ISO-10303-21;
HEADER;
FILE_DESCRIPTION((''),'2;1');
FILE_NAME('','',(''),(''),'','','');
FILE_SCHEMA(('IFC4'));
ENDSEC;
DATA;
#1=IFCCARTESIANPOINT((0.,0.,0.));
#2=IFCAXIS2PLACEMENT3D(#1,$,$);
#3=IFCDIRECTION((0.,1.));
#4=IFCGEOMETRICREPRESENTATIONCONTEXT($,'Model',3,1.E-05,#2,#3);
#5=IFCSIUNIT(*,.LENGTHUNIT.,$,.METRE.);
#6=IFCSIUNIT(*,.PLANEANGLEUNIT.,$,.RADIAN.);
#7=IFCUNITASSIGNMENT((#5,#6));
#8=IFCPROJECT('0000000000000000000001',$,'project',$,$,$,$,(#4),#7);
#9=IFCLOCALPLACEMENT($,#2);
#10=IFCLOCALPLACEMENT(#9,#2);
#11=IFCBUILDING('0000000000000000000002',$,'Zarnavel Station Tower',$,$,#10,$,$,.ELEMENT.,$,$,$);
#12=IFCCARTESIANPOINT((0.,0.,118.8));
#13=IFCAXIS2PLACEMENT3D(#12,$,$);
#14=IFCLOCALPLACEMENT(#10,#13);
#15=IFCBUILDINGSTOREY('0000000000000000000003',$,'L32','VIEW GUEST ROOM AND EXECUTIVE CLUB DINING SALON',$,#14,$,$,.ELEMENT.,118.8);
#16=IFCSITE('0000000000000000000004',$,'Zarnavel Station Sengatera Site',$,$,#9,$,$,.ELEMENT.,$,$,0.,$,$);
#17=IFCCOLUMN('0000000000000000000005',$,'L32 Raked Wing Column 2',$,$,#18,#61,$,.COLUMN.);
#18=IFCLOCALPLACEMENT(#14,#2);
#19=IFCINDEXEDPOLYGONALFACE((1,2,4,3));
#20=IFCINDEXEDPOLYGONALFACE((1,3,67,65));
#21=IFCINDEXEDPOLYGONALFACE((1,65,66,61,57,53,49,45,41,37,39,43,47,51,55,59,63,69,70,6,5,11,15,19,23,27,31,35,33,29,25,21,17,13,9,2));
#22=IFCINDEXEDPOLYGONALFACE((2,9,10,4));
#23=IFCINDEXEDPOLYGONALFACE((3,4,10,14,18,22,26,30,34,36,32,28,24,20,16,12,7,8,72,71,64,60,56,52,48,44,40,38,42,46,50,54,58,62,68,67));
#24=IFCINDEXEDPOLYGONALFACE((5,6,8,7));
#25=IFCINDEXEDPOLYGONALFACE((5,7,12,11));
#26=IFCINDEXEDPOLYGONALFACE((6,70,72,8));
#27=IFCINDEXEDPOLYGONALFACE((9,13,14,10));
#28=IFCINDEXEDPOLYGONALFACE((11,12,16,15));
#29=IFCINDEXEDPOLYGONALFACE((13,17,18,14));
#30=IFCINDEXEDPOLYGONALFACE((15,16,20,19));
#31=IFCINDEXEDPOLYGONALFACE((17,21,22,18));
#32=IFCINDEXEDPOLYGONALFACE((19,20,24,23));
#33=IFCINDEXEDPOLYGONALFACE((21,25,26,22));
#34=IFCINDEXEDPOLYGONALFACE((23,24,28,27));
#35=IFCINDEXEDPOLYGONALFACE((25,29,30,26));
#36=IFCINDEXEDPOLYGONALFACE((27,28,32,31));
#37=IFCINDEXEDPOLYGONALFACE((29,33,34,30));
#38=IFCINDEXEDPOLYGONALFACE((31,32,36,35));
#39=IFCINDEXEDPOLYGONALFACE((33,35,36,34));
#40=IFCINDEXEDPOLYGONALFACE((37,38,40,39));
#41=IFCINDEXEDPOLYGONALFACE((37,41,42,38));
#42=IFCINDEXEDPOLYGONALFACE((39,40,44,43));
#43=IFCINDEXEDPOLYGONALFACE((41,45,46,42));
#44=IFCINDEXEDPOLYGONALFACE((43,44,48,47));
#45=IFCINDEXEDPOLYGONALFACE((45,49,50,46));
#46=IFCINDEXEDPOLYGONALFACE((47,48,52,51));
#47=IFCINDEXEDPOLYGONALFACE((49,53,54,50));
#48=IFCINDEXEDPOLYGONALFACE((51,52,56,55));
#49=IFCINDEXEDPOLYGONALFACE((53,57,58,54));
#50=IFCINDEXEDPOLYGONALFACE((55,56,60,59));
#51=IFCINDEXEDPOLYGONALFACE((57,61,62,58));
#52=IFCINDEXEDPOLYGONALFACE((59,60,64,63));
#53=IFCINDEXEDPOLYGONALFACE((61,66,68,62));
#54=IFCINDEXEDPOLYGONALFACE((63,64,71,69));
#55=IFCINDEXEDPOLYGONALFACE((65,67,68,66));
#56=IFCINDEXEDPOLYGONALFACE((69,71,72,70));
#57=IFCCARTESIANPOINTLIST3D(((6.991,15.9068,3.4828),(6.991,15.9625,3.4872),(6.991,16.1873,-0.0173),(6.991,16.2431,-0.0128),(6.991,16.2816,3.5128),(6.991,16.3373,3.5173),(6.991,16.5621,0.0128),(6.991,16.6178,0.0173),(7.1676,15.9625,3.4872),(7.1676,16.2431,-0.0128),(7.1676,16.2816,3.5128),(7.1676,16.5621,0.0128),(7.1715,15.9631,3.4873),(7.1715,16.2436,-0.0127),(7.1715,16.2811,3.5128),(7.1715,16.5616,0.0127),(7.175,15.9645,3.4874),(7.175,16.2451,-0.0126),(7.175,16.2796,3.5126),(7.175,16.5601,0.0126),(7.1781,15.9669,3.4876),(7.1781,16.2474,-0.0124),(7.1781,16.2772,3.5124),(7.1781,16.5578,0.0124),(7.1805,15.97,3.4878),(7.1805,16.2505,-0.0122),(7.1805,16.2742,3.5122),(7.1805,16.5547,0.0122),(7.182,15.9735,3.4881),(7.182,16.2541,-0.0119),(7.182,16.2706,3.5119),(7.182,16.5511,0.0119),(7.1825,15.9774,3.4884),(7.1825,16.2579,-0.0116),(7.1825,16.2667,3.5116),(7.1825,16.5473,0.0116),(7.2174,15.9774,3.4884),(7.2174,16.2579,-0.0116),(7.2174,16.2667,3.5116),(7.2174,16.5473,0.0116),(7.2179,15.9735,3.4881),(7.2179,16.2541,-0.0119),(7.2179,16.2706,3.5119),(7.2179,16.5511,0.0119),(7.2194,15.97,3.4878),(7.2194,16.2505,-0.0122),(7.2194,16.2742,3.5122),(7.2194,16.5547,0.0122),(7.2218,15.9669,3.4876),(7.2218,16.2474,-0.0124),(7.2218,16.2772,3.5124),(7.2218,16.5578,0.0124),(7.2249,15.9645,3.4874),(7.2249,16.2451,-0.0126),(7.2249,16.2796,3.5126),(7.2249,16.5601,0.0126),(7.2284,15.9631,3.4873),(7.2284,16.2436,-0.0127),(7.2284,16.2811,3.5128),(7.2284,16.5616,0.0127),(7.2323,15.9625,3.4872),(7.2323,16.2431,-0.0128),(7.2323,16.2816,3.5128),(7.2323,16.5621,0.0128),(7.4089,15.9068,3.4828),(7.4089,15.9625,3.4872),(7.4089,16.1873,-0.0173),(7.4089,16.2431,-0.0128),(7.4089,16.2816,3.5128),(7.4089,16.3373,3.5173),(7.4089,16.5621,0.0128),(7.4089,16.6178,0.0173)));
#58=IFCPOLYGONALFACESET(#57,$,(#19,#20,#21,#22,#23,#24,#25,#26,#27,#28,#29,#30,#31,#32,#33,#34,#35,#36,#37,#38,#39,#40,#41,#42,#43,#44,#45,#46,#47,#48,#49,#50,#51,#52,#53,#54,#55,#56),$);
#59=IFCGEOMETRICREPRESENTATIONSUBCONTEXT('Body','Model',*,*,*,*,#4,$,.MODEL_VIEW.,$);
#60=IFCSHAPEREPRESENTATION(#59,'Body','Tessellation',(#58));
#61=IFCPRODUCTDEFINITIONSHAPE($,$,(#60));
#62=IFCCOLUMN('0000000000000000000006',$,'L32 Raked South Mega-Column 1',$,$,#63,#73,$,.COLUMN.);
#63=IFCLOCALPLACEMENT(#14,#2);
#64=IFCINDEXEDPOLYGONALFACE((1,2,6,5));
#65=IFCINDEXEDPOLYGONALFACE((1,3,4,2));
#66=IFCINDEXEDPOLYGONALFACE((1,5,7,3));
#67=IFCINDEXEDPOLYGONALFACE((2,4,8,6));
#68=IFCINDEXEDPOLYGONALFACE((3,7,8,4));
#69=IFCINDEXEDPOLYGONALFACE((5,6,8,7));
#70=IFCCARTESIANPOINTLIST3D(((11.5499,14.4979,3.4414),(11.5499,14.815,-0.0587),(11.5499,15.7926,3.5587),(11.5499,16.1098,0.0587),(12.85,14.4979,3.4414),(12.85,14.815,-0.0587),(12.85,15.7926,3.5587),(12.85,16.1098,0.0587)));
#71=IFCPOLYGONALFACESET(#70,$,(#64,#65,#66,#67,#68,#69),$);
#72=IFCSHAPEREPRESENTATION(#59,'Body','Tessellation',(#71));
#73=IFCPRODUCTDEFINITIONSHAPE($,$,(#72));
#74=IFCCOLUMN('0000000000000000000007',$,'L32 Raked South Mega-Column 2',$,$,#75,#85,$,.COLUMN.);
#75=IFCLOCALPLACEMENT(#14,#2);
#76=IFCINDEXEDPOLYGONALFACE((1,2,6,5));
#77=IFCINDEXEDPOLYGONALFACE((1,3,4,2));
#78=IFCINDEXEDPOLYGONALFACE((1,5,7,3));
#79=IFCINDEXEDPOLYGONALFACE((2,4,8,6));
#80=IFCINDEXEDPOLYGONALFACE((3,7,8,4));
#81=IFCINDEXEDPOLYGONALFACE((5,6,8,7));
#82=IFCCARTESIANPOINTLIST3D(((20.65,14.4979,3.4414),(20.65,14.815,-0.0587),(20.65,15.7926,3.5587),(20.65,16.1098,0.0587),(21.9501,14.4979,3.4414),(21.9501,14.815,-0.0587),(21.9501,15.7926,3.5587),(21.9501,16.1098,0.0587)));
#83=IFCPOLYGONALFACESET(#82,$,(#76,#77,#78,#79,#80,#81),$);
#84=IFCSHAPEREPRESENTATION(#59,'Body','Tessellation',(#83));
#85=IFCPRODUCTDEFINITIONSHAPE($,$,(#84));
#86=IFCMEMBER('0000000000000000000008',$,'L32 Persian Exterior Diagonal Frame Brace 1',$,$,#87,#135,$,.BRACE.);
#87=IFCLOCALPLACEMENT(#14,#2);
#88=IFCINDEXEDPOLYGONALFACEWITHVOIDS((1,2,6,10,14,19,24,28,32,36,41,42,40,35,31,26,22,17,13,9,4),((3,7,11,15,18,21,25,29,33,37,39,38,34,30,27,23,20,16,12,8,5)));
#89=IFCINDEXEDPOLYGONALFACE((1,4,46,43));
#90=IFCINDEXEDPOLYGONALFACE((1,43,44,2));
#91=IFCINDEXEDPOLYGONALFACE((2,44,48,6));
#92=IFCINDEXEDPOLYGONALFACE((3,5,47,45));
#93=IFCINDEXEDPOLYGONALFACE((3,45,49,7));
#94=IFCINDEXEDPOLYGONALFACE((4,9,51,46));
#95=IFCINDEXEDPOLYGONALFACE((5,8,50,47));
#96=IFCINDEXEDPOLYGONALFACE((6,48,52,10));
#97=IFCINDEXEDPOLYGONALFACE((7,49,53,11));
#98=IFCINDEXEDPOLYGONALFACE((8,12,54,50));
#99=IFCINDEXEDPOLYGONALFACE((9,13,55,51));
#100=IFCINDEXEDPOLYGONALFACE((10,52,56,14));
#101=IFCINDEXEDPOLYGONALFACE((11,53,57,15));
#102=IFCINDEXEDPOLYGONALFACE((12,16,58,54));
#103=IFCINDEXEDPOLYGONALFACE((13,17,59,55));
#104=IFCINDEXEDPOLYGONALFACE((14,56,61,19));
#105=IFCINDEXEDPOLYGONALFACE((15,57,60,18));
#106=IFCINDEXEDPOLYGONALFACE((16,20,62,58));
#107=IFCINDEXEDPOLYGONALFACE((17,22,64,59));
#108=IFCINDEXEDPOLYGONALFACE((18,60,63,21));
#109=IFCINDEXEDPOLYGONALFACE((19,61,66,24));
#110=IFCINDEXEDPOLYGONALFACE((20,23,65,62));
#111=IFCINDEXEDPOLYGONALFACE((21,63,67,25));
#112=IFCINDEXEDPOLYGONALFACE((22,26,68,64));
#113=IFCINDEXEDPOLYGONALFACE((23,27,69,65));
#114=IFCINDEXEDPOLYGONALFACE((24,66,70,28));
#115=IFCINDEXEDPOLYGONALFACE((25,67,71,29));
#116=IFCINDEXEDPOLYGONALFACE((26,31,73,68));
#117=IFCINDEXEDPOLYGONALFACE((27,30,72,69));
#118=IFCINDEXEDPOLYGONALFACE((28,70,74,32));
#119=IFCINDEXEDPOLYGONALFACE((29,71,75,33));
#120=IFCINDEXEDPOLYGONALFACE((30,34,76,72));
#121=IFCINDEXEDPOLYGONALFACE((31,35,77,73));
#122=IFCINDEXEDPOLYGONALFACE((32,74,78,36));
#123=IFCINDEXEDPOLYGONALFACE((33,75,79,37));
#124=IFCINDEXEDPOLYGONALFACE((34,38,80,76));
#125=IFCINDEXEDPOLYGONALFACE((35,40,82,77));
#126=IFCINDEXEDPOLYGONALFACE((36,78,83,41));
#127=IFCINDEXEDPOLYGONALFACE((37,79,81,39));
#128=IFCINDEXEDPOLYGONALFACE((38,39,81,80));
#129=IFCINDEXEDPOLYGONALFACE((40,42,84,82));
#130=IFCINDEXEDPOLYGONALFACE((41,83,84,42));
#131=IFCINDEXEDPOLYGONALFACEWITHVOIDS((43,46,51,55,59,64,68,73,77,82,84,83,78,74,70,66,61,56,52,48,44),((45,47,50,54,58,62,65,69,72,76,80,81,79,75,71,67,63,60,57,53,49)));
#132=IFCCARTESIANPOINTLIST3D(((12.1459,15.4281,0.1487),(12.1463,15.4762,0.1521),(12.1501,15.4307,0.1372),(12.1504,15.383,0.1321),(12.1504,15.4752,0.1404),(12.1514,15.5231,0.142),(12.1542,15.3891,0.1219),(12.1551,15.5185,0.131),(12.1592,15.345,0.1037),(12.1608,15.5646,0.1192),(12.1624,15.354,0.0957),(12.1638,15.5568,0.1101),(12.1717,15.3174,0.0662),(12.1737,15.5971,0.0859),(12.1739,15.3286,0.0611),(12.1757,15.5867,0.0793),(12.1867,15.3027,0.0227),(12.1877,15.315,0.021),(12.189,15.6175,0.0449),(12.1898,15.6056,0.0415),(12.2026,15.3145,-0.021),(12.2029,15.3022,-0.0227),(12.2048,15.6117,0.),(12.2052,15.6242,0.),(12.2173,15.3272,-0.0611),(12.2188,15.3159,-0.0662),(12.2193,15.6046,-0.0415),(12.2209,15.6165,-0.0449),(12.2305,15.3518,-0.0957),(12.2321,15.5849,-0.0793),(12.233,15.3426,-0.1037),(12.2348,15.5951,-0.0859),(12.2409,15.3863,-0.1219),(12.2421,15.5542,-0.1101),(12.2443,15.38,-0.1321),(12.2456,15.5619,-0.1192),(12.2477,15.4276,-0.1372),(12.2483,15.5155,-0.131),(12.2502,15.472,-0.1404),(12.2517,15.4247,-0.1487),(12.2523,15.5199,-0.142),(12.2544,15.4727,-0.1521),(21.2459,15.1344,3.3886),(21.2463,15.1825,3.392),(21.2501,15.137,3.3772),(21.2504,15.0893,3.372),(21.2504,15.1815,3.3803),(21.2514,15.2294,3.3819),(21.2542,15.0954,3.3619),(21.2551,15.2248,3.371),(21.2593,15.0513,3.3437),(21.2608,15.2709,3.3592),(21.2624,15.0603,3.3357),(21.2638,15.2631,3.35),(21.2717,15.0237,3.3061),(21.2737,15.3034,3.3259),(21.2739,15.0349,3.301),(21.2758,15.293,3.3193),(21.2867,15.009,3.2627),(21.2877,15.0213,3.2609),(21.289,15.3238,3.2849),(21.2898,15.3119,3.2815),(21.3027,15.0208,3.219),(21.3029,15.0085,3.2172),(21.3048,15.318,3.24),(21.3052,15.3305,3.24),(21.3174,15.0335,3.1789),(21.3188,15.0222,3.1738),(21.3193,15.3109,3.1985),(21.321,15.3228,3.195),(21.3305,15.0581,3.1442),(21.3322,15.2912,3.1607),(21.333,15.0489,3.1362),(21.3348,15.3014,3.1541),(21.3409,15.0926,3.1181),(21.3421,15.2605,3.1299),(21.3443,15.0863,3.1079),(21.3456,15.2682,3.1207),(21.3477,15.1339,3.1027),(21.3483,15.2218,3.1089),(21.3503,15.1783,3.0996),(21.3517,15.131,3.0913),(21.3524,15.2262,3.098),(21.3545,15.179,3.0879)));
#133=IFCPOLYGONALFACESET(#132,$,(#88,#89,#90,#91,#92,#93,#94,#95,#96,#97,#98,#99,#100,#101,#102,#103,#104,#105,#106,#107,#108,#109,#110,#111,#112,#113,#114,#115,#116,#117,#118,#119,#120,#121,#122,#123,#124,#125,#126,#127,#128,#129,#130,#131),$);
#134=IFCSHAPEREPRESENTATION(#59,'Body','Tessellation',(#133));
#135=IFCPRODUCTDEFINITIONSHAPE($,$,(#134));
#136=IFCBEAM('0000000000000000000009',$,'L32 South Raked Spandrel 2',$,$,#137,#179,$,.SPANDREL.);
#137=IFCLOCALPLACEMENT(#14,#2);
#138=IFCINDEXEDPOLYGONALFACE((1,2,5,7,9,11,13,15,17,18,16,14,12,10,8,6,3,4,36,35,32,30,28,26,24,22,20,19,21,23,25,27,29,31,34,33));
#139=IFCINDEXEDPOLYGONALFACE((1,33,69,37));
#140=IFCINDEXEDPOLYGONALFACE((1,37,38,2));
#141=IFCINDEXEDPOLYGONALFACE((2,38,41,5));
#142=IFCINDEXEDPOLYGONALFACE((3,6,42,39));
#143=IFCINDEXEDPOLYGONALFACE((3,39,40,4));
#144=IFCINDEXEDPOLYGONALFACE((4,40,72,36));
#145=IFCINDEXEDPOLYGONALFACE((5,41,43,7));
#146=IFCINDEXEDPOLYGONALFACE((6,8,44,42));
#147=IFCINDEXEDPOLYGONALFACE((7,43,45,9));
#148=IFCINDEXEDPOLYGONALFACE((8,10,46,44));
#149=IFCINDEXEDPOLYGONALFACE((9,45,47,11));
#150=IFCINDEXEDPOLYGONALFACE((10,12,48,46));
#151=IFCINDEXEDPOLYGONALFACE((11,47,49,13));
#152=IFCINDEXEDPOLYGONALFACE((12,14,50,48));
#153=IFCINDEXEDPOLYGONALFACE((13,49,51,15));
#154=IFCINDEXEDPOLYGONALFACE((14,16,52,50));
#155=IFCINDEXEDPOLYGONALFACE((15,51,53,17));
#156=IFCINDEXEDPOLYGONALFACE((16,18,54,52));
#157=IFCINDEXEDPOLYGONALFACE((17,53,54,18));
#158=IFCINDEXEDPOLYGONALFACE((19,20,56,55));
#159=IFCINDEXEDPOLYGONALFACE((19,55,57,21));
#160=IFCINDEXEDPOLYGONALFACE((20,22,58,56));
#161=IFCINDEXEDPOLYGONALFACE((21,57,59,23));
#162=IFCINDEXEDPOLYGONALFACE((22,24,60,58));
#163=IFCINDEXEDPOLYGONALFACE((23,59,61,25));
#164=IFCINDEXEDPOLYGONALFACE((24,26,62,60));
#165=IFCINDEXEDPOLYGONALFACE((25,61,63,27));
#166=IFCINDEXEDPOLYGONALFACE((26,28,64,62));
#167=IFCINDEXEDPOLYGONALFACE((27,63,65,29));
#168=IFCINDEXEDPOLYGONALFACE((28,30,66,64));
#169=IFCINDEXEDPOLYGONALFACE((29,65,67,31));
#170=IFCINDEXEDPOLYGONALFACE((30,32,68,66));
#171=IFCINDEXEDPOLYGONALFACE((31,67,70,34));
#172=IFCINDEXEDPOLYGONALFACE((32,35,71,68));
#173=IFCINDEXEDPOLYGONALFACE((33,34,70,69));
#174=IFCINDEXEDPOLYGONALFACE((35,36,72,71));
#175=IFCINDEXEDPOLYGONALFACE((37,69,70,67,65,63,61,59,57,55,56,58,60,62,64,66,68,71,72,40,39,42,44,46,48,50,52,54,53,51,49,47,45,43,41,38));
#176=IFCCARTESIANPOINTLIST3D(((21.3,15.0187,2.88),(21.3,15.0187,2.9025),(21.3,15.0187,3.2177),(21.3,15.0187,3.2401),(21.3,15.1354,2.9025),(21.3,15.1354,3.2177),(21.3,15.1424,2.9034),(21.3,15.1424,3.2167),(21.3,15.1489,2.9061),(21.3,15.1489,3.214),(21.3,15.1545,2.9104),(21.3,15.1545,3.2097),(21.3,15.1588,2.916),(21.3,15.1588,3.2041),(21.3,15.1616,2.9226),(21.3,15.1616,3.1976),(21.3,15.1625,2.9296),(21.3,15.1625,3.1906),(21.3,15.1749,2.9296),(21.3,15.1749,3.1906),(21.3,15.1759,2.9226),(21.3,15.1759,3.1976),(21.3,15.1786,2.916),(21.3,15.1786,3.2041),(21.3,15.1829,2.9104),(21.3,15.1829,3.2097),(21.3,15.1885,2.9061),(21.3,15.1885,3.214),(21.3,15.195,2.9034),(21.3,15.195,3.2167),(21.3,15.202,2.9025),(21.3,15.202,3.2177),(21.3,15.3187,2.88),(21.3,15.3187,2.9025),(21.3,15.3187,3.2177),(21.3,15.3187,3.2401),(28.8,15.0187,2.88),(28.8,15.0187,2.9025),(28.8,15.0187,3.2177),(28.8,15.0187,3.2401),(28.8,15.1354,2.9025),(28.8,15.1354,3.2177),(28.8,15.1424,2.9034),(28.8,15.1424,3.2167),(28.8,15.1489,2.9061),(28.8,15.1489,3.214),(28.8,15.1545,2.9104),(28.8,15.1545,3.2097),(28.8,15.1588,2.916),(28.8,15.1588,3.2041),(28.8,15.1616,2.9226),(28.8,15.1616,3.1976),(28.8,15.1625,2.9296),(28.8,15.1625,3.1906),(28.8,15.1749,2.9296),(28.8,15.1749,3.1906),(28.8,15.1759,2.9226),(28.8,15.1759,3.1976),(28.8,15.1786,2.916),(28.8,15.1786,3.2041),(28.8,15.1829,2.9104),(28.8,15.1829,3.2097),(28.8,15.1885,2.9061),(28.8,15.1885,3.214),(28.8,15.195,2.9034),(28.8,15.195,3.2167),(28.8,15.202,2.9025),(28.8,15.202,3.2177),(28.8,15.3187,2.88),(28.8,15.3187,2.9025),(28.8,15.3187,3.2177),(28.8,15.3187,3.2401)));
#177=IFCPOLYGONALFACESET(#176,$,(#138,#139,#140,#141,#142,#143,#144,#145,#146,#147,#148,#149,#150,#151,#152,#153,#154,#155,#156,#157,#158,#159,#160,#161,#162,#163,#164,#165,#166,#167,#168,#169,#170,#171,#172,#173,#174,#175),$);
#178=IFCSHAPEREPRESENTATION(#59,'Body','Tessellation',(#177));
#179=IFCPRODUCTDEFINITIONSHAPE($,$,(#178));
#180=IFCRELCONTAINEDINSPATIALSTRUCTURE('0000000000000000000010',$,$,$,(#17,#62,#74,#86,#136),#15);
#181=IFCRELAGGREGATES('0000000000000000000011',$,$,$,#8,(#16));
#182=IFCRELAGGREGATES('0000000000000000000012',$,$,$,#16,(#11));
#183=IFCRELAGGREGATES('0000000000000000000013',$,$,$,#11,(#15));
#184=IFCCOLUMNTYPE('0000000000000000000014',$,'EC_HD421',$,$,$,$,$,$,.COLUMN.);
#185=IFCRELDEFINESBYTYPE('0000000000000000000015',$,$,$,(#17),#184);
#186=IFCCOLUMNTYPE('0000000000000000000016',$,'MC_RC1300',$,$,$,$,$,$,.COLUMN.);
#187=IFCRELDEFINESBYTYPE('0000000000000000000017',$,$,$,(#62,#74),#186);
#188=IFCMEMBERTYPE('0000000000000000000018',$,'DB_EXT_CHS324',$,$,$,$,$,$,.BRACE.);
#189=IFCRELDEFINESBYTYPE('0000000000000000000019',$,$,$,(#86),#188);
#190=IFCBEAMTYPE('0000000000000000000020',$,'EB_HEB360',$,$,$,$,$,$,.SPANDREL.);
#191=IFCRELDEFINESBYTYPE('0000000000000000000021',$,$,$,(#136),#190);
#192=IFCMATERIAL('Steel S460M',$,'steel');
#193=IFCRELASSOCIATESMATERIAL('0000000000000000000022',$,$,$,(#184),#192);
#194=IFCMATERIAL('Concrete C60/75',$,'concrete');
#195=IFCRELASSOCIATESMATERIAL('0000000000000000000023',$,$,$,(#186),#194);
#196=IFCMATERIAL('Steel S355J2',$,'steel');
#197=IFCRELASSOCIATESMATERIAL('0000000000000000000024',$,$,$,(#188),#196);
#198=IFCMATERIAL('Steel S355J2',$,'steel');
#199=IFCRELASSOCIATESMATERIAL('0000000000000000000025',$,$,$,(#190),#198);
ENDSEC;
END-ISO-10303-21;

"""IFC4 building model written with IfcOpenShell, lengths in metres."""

from ifc_helpers import new_model, si_unit, direction, frame, origin, origin_2d, place, context, subcontext, project, spatial, rectangle, hollow_circle, i_section, extrude, material, material_profile, profile_set, type_object, element, save


model = new_model("IFC4")

# Units and contexts
model_context = context("Model", 3, precision=1e-05, world=origin(), true_north=direction((0.0, 1.0)))
body_context = subcontext(model_context, "Body", "Model", "MODEL_VIEW")
ifc_project = project(units=[si_unit("LENGTHUNIT", "METRE"), si_unit("PLANEANGLEUNIT", "RADIAN")], contexts=[model_context])

# Site, building, storey
site_placement = place(None, origin())
site = spatial("IfcSite", under=ifc_project, at=site_placement, Name="Zarnavel Station Sengatera Site", CompositionType="ELEMENT", RefElevation=0.0)
building_placement = place(site_placement, origin())
building = spatial("IfcBuilding", under=site, at=building_placement, Name="Zarnavel Station Tower", CompositionType="ELEMENT")
storey_placement = place(building_placement, frame((0.0, 0.0, 118.8)))
storey = spatial("IfcBuildingStorey", under=building, at=storey_placement, Name="L32", Description="VIEW GUEST ROOM AND EXECUTIVE CLUB DINING SALON", CompositionType="ELEMENT", Elevation=118.8)

# Columns
ifc_material_1 = material(Name="Steel S460M", Category="steel")
ifc_material_profile_1 = material_profile(ifc_material_1, i_section(OverallWidth=0.418, OverallDepth=0.4319, WebThickness=0.0349, FlangeThickness=0.0559, FilletRadius=0.0149, at=origin_2d()), Name="HD400x421")
ifc_profile_set_1 = profile_set([ifc_material_profile_1], Name="Steel S460M")
column_type_1 = type_object("IfcColumnType", Name="EC_HD421", PredefinedType="COLUMN", material=ifc_profile_set_1)
column_placement = place(storey_placement, frame((7.2, 16.4026, 0.0), z_axis=(0.0, -0.079892, 0.996804), x_axis=(1.0, 0.0, 0.0)))
element("IfcColumn", 1, at=column_placement, inside=storey, type_object=column_type_1, Name="L32 Raked Wing Column 2", PredefinedType="COLUMN", context=body_context, shape_type="SweptSolid", body=[
    extrude(i_section(OverallWidth=0.418, OverallDepth=0.4319, WebThickness=0.0349, FlangeThickness=0.0559, FilletRadius=0.0149, at=origin_2d()), origin(), (0.0, 0.0, 1.0), 3.5112),
])
ifc_material_2 = material(Name="Concrete C60/75", Category="concrete")
ifc_material_profile_2 = material_profile(ifc_material_2, rectangle(XDim=1.3, YDim=1.3, at=origin_2d()), Name="RC1300x1300")
ifc_profile_set_2 = profile_set([ifc_material_profile_2], Name="Concrete C60/75")
column_type_2 = type_object("IfcColumnType", Name="MC_RC1300", PredefinedType="COLUMN", material=ifc_profile_set_2)
for number, where, z_axis, x_axis, name in (
    (2, (12.2, 15.4624, 0.0), (0.0, -0.090241, 0.99592), (1.0, 0.0, 0.0), "L32 Raked South Mega-Column 1"),
    (3, (21.3, 15.4624, 0.0), (0.0, -0.090241, 0.99592), (1.0, 0.0, 0.0), "L32 Raked South Mega-Column 2"),
):
    element("IfcColumn", number, at=place(storey_placement, frame(where, z_axis=z_axis, x_axis=x_axis)), inside=storey, type_object=column_type_2, Name=name, PredefinedType="COLUMN", context=body_context, shape_type="SweptSolid", body=[
        extrude(rectangle(XDim=1.3, YDim=1.3, at=origin_2d()), origin(), (0.0, 0.0, 1.0), 3.5144),
    ])

# Member
ifc_material_3 = material(Name="Steel S355J2", Category="steel")
ifc_material_profile_3 = material_profile(ifc_material_3, hollow_circle(Radius=0.1619, WallThickness=0.0125, at=origin_2d()), Name="CHS323.9x12.5")
ifc_profile_set_3 = profile_set([ifc_material_profile_3], Name="Steel S355J2")
member_type = type_object("IfcMemberType", Name="DB_EXT_CHS324", PredefinedType="BRACE", material=ifc_profile_set_3)
member_placement = place(storey_placement, frame((12.2, 15.4624, 0.0), z_axis=(0.941636, -0.030391, 0.335259), x_axis=(0.032258, 0.99948, 0.0)))
element("IfcMember", 4, at=member_placement, inside=storey, type_object=member_type, Name="L32 Persian Exterior Diagonal Frame Brace 1", PredefinedType="BRACE", context=body_context, shape_type="SweptSolid", body=[
    extrude(hollow_circle(Radius=0.1619, WallThickness=0.0125, at=origin_2d()), origin(), (0.0, 0.0, 1.0), 9.6641),
])

# Beam
ifc_material_4 = material(Name="Steel S355J2", Category="steel")
ifc_material_profile_4 = material_profile(ifc_material_4, i_section(OverallWidth=0.3, OverallDepth=0.3601, WebThickness=0.0125, FlangeThickness=0.0225, FilletRadius=0.0271, at=origin_2d()), Name="HEB360")
ifc_profile_set_4 = profile_set([ifc_material_profile_4], Name="Steel S355J2")
beam_type_1 = type_object("IfcBeamType", Name="EB_HEB360", PredefinedType="SPANDREL", material=ifc_profile_set_4)
beam_1_placement = place(storey_placement, frame((21.3, 15.1687, 3.0601), z_axis=(1.0, 0.0, 0.0), x_axis=(0.0, 1.0, 0.0)))
element("IfcBeam", 5, at=beam_1_placement, inside=storey, type_object=beam_type_1, Name="L32 South Raked Spandrel 2", PredefinedType="SPANDREL", context=body_context, shape_type="SweptSolid", body=[
    extrude(i_section(OverallWidth=0.3, OverallDepth=0.3601, WebThickness=0.0125, FlangeThickness=0.0225, FilletRadius=0.0271, at=origin_2d()), origin(), (0.0, 0.0, 1.0), 7.5),
])

save(model, "model.ifc")
